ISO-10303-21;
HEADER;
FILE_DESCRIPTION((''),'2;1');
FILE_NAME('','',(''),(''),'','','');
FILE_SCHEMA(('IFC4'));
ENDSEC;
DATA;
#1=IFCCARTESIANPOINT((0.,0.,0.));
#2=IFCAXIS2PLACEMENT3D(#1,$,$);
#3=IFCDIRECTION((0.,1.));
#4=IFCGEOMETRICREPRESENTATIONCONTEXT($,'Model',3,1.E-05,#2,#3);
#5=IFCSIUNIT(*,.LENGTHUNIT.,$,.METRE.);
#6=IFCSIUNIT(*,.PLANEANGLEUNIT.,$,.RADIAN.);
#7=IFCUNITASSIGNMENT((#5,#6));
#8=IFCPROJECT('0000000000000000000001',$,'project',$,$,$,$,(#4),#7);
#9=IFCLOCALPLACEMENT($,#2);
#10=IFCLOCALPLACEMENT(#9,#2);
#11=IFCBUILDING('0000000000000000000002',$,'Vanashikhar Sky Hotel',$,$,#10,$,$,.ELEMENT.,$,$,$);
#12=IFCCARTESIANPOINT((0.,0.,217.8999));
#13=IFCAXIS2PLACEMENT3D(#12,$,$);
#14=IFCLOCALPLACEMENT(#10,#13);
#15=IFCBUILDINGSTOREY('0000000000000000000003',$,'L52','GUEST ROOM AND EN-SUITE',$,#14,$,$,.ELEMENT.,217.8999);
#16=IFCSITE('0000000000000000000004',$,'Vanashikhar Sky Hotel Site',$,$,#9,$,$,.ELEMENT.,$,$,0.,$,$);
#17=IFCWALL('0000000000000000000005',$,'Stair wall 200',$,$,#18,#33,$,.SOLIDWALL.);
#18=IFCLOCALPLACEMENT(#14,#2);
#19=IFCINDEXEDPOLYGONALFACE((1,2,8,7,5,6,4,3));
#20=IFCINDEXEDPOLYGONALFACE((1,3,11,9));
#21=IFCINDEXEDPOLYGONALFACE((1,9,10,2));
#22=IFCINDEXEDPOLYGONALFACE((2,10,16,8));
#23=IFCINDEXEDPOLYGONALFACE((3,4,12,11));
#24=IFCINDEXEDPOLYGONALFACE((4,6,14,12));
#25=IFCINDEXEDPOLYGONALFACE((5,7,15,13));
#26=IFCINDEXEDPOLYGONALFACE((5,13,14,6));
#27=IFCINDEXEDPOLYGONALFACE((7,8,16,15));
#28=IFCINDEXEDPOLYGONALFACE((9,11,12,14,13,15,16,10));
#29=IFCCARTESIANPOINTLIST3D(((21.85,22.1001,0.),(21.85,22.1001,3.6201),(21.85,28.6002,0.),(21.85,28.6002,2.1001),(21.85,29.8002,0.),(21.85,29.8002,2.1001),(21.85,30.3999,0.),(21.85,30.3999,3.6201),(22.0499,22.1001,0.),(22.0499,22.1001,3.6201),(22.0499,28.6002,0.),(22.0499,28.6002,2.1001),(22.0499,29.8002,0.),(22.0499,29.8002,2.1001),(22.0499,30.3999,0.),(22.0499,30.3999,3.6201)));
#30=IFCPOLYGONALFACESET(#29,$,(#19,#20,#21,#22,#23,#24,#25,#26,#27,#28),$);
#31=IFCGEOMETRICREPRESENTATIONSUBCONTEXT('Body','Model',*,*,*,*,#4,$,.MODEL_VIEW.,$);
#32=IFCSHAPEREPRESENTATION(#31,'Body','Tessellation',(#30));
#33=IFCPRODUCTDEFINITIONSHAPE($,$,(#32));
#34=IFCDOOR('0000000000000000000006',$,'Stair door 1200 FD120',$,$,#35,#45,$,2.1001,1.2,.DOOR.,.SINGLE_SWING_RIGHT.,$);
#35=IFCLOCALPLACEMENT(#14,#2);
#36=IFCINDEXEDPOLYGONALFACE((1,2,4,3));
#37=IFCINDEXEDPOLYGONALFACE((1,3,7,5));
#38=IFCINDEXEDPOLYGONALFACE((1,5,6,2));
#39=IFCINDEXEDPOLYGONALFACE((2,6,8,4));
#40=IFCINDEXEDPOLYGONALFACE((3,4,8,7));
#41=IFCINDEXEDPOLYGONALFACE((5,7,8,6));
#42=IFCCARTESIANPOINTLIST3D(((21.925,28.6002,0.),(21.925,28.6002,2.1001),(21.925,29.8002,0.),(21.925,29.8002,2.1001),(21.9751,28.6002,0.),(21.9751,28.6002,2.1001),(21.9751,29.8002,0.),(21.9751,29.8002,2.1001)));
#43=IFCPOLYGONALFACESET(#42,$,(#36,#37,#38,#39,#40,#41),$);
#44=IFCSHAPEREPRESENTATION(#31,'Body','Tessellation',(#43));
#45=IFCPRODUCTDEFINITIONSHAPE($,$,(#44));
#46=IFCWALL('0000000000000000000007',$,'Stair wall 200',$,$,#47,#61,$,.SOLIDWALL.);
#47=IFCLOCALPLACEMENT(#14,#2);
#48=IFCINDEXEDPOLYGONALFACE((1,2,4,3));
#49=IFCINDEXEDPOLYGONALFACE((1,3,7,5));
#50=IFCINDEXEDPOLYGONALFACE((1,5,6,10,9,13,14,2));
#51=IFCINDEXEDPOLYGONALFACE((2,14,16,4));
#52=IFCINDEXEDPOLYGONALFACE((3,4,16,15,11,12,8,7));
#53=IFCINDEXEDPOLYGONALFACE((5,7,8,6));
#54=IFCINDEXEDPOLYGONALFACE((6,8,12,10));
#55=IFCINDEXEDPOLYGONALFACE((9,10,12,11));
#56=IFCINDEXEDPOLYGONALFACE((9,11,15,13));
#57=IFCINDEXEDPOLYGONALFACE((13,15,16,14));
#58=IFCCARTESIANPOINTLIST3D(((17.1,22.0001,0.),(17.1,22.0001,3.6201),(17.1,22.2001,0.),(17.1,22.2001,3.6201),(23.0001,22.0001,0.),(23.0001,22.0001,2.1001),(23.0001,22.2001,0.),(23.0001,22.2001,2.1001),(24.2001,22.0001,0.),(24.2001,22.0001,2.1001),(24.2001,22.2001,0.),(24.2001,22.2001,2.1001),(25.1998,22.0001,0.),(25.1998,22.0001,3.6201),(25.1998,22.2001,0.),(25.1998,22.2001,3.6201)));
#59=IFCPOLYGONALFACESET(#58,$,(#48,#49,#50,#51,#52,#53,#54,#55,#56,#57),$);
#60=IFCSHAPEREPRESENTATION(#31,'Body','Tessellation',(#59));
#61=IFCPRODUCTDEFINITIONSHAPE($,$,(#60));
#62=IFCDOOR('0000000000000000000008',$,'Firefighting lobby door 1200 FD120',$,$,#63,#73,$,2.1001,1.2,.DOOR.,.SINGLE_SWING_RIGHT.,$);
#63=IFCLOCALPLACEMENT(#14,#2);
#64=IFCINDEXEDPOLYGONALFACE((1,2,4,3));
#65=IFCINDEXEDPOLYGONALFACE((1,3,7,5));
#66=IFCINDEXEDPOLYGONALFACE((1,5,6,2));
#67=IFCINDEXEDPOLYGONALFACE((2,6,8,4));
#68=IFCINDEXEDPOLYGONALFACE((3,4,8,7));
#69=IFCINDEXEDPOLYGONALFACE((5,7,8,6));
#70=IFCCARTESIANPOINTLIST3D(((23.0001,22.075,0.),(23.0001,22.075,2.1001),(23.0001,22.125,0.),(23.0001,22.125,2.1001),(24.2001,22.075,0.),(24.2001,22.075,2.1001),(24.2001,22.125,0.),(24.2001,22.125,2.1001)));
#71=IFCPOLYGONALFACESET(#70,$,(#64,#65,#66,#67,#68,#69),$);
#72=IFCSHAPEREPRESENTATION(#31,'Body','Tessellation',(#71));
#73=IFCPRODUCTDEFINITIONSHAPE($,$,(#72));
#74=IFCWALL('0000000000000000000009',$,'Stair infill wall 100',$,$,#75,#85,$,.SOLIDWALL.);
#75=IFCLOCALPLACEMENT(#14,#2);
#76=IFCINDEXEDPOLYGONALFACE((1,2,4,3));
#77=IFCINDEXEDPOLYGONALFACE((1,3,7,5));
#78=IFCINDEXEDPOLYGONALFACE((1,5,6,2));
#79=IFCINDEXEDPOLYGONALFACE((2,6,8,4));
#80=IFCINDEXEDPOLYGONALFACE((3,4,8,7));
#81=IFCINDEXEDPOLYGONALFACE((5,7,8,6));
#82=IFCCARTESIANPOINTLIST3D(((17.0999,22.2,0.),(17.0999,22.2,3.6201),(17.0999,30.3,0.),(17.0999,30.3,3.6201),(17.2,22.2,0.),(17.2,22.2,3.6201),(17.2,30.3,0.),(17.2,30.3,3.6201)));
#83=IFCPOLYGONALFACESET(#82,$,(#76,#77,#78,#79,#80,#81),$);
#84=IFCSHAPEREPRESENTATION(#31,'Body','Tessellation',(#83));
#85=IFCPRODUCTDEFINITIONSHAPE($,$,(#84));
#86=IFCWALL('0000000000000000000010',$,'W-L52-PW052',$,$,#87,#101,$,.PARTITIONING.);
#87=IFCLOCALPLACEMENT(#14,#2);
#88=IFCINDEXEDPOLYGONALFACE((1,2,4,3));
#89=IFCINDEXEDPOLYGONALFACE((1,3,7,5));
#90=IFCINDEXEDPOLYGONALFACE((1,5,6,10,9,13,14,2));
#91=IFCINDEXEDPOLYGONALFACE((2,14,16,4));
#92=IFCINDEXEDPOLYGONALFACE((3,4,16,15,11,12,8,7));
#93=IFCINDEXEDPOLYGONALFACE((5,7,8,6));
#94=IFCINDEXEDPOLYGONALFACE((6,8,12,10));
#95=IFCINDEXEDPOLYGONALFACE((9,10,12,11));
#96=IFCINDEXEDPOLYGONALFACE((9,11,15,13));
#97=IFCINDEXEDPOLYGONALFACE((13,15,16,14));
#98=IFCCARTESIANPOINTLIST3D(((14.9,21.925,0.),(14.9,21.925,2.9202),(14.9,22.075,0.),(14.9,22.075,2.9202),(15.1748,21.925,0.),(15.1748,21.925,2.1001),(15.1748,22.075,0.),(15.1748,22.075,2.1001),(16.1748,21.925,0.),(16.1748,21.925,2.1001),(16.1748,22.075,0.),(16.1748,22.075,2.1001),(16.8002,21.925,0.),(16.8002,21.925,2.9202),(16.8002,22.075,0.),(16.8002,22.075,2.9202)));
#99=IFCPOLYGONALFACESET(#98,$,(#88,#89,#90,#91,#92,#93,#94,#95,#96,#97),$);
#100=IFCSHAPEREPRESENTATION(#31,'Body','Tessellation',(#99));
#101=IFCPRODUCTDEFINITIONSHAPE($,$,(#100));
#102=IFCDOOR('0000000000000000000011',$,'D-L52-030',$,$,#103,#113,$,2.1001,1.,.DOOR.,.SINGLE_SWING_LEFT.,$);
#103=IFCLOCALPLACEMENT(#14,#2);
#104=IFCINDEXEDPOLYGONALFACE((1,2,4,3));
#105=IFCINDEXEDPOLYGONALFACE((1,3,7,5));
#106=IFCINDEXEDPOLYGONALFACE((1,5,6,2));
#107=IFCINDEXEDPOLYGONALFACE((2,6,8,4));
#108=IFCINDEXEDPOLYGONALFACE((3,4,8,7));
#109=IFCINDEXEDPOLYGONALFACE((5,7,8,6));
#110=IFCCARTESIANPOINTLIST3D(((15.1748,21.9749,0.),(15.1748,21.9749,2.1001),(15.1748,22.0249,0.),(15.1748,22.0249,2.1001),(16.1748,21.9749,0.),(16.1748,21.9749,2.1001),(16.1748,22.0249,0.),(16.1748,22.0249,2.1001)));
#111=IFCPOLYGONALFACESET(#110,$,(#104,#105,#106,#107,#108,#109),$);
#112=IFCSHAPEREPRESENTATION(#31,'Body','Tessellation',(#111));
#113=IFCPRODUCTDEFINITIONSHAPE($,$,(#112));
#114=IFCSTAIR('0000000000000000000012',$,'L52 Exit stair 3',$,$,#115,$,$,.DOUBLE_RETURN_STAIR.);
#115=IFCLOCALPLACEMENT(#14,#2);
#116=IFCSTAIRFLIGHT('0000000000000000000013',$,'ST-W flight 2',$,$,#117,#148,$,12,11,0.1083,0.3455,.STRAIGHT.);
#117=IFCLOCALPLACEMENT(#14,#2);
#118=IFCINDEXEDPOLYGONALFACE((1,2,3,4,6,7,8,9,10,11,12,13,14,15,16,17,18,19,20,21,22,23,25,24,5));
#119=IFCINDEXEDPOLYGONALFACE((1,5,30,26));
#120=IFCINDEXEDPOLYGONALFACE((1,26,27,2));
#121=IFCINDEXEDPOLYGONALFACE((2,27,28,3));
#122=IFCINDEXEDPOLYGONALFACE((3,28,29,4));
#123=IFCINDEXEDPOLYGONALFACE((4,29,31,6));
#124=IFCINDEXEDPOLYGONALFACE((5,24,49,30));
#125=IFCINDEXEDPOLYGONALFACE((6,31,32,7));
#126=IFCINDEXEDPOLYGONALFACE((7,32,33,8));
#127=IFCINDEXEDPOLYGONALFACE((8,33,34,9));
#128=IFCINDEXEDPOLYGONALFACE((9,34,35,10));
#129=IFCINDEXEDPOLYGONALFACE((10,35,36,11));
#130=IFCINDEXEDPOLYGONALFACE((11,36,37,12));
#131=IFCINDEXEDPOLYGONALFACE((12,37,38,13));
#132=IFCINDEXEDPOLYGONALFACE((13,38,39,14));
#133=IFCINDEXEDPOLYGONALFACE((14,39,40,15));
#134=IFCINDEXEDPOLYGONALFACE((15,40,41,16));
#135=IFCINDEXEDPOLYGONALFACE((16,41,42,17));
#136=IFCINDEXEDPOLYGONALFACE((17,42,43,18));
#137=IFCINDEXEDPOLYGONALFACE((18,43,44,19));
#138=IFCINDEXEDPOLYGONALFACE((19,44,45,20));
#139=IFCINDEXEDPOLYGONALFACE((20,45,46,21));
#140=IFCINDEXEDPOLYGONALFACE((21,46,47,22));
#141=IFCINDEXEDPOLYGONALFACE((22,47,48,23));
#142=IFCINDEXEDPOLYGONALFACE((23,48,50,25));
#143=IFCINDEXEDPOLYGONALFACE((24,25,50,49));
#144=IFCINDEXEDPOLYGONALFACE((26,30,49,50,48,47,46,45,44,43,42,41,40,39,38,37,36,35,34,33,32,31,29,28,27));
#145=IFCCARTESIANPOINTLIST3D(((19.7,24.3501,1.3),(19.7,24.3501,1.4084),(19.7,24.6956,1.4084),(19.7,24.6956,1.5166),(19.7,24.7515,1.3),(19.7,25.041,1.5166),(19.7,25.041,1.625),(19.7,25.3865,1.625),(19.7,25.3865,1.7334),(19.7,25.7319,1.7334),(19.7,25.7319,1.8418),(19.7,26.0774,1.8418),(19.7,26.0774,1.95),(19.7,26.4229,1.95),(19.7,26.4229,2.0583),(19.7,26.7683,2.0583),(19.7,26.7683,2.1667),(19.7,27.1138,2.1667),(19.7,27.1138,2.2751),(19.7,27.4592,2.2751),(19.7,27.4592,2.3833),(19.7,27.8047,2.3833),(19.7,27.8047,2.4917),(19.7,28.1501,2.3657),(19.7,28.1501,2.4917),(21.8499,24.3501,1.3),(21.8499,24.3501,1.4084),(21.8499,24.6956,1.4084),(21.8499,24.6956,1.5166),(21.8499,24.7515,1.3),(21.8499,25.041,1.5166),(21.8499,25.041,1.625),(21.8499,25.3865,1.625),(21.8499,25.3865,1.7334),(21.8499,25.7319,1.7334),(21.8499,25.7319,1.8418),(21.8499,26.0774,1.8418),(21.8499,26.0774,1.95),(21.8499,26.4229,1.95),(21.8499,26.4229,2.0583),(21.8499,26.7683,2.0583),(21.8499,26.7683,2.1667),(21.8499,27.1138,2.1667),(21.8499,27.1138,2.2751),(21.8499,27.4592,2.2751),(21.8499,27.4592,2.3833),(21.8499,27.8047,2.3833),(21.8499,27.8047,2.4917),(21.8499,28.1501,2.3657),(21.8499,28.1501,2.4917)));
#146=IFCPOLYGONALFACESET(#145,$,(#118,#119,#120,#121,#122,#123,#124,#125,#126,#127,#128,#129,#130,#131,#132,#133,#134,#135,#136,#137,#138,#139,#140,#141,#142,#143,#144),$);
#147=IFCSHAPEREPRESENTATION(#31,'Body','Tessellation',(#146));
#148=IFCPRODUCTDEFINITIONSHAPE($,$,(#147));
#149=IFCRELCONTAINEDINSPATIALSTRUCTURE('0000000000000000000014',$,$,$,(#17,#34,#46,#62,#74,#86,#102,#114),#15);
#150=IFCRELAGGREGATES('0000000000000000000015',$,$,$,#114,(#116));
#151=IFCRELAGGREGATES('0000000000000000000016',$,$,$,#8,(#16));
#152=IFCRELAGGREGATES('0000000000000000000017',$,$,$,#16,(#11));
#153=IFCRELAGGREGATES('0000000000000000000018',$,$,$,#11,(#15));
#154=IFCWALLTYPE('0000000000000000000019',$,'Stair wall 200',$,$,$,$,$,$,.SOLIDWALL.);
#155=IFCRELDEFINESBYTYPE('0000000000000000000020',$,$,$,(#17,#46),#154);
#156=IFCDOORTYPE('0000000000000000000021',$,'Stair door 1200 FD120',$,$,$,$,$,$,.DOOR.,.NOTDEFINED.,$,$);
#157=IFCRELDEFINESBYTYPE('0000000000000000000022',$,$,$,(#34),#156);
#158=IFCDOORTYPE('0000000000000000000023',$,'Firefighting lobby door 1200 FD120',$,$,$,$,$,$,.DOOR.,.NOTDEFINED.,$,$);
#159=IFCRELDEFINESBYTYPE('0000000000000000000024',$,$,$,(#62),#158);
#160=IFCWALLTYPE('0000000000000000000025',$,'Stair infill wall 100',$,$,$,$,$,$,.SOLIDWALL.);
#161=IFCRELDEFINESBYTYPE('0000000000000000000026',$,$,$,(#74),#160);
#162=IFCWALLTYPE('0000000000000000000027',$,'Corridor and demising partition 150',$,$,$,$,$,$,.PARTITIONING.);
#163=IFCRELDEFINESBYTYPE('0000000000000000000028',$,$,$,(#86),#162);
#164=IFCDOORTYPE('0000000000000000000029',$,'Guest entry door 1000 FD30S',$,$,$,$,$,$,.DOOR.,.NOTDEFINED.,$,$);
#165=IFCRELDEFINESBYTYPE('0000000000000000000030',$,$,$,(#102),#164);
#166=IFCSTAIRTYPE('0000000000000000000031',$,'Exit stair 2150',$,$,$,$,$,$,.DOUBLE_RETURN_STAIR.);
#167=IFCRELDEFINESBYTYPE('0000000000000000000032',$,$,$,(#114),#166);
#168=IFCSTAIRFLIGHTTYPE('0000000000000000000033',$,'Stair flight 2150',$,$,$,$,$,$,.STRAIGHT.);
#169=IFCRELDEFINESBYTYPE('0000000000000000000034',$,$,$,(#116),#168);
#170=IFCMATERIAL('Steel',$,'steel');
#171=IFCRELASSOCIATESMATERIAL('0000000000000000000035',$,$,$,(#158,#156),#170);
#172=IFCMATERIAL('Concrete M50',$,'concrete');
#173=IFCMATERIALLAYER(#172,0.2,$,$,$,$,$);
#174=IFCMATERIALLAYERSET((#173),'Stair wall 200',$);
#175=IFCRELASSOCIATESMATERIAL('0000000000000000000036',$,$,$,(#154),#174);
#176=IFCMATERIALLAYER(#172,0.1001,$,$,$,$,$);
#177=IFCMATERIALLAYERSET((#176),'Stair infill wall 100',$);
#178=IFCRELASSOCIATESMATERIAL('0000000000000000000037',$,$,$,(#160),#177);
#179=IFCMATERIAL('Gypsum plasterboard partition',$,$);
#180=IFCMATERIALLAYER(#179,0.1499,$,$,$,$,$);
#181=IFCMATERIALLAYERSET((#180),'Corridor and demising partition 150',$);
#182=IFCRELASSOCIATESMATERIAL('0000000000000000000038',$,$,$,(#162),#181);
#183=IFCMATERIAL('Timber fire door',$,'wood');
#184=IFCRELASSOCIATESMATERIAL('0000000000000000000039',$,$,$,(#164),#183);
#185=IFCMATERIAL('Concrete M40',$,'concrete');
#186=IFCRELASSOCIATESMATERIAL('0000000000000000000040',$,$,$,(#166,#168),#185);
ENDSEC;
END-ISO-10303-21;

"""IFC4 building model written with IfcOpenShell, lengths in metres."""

from ifc_helpers import new_model, si_unit, direction, frame, frame_2d, origin, place, context, subcontext, project, spatial, polyline, rectangle, outline, extrude, source, transform, mapped, material, layer, layer_set, type_object, element, fill, aggregate, save


model = new_model("IFC4")

# Units and contexts
model_context = context("Model", 3, precision=1e-05, world=origin(), true_north=direction((0.0, 1.0)))
body_context = subcontext(model_context, "Body", "Model", "MODEL_VIEW")
ifc_project = project(units=[si_unit("LENGTHUNIT", "METRE"), si_unit("PLANEANGLEUNIT", "RADIAN")], contexts=[model_context])

# Site, building, storey
site_placement = place(None, origin())
site = spatial("IfcSite", under=ifc_project, at=site_placement, Name="Vanashikhar Sky Hotel Site", CompositionType="ELEMENT", RefElevation=0.0)
building_placement = place(site_placement, origin())
building = spatial("IfcBuilding", under=site, at=building_placement, Name="Vanashikhar Sky Hotel", CompositionType="ELEMENT")
storey_placement = place(building_placement, frame((0.0, 0.0, 217.8999)))
storey = spatial("IfcBuildingStorey", under=building, at=storey_placement, Name="L52", Description="GUEST ROOM AND EN-SUITE", CompositionType="ELEMENT", Elevation=217.8999)

# Shared definitions
ifc_material_1 = material(Name="Steel", Category="steel")
door_type_1 = type_object("IfcDoorType", Name="Firefighting lobby door 1200 FD120", OperationType="NOTDEFINED", PredefinedType="DOOR", material=ifc_material_1)

# Walls, openings, doors
ifc_material_2 = material(Name="Concrete M50", Category="concrete")
ifc_layer_1 = layer(ifc_material_2, 0.2)
ifc_layer_set_1 = layer_set([ifc_layer_1], Name="Stair wall 200")
wall_type_1 = type_object("IfcWallType", Name="Stair wall 200", PredefinedType="SOLIDWALL", material=ifc_layer_set_1)
shared_shape_1 = source(origin(), body_context, "Body", "SweptSolid", [
    extrude(rectangle(XDim=8.2998, YDim=0.2, at=frame_2d((4.1499, 0.0))), origin(), (0.0, 0.0, 1.0), 3.6201),
])
wall_1_placement = place(storey_placement, frame((21.95, 22.1001, 0.0), z_axis=(0.0, 0.0, 1.0), x_axis=(0.0, 1.0, 0.0)))
wall_1 = element("IfcWall", 1, at=wall_1_placement, inside=storey, type_object=wall_type_1, Name="Stair wall 200", PredefinedType="SOLIDWALL", context=body_context, shape_type="MappedRepresentation", body=[
    mapped(shared_shape_1, transform((0.0, 0.0, 0.0), scale=1.0)),
])
shared_shape_2 = source(origin(), body_context, "Body", "SweptSolid", [
    extrude(rectangle(XDim=1.2, YDim=2.1001, at=frame_2d((0.6001, 1.05))), frame((0.0, 0.1099, 0.0), z_axis=(0.0, -1.0, 0.0), x_axis=(1.0, 0.0, 0.0)), (0.0, 0.0, 1.0), 0.22),
])
opening_1_placement = place(wall_1_placement, frame((6.5, 0.0, 0.0)))
opening_1 = element("IfcOpeningElement", 2, at=opening_1_placement, cuts=wall_1, PredefinedType="OPENING", context=body_context, shape_type="MappedRepresentation", body=[
    mapped(shared_shape_2, transform((0.0, 0.0, 0.0), scale=1.0)),
])
door_type_2 = type_object("IfcDoorType", Name="Stair door 1200 FD120", OperationType="NOTDEFINED", PredefinedType="DOOR", material=ifc_material_1)
shared_shape_3 = source(origin(), body_context, "Body", "SweptSolid", [
    extrude(rectangle(XDim=1.2, YDim=2.1001, at=frame_2d((0.6001, 1.05))), frame((0.0, 0.0249, 0.0), z_axis=(0.0, -1.0, 0.0), x_axis=(1.0, 0.0, 0.0)), (0.0, 0.0, 1.0), 0.05),
])
door_1_placement = place(opening_1_placement, origin())
door_1 = element("IfcDoor", 3, at=door_1_placement, inside=storey, type_object=door_type_2, Name="Stair door 1200 FD120", OperationType="SINGLE_SWING_RIGHT", OverallHeight=2.1001, OverallWidth=1.2, PredefinedType="DOOR", context=body_context, shape_type="MappedRepresentation", body=[
    mapped(shared_shape_3, transform((0.0, 0.0, 0.0), scale=1.0)),
])
fill(opening_1, door_1)
shared_shape_4 = source(origin(), body_context, "Body", "SweptSolid", [
    extrude(rectangle(XDim=8.0999, YDim=0.2, at=frame_2d((4.0498, 0.0))), origin(), (0.0, 0.0, 1.0), 3.6201),
])
wall_2_placement = place(storey_placement, frame((17.1001, 22.1001, 0.0), z_axis=(0.0, 0.0, 1.0), x_axis=(1.0, 0.0, 0.0)))
wall_2 = element("IfcWall", 4, at=wall_2_placement, inside=storey, type_object=wall_type_1, Name="Stair wall 200", PredefinedType="SOLIDWALL", context=body_context, shape_type="MappedRepresentation", body=[
    mapped(shared_shape_4, transform((0.0, 0.0, 0.0), scale=1.0)),
])
opening_2_placement = place(wall_2_placement, frame((5.8999, 0.0, 0.0)))
opening_2 = element("IfcOpeningElement", 5, at=opening_2_placement, cuts=wall_2, PredefinedType="OPENING", context=body_context, shape_type="MappedRepresentation", body=[
    mapped(shared_shape_2, transform((0.0, 0.0, 0.0), scale=1.0)),
])
door_2_placement = place(opening_2_placement, origin())
door_2 = element("IfcDoor", 6, at=door_2_placement, inside=storey, type_object=door_type_1, Name="Firefighting lobby door 1200 FD120", OperationType="SINGLE_SWING_RIGHT", OverallHeight=2.1001, OverallWidth=1.2, PredefinedType="DOOR", context=body_context, shape_type="MappedRepresentation", body=[
    mapped(shared_shape_3, transform((0.0, 0.0, 0.0), scale=1.0)),
])
fill(opening_2, door_2)

# Wall
ifc_layer_2 = layer(ifc_material_2, 0.1001)
ifc_layer_set_2 = layer_set([ifc_layer_2], Name="Stair infill wall 100")
wall_type_2 = type_object("IfcWallType", Name="Stair infill wall 100", PredefinedType="SOLIDWALL", material=ifc_layer_set_2)
shared_shape_5 = source(origin(), body_context, "Body", "SweptSolid", [
    extrude(rectangle(XDim=8.1001, YDim=0.1001, at=frame_2d((4.05, 0.0))), origin(), (0.0, 0.0, 1.0), 3.6201),
])
wall_3_placement = place(storey_placement, frame((17.1499, 22.2, 0.0), z_axis=(0.0, 0.0, 1.0), x_axis=(0.0, 1.0, 0.0)))
element("IfcWall", 7, at=wall_3_placement, inside=storey, type_object=wall_type_2, Name="Stair infill wall 100", PredefinedType="SOLIDWALL", context=body_context, shape_type="MappedRepresentation", body=[
    mapped(shared_shape_5, transform((0.0, 0.0, 0.0), scale=1.0)),
])

# Wall, opening, door
ifc_material_3 = material(Name="Gypsum plasterboard partition")
ifc_layer_3 = layer(ifc_material_3, 0.1499)
ifc_layer_set_3 = layer_set([ifc_layer_3], Name="Corridor and demising partition 150")
wall_type_3 = type_object("IfcWallType", Name="Corridor and demising partition 150", PredefinedType="PARTITIONING", material=ifc_layer_set_3)
shared_shape_6 = source(origin(), body_context, "Body", "SweptSolid", [
    extrude(rectangle(XDim=1.9001, YDim=0.1499, at=frame_2d((0.9502, 0.0))), origin(), (0.0, 0.0, 1.0), 2.9202),
])
wall_4_placement = place(storey_placement, frame((14.8999, 22.0, 0.0), z_axis=(0.0, 0.0, 1.0), x_axis=(1.0, 0.0, 0.0)))
wall_4 = element("IfcWall", 8, at=wall_4_placement, inside=storey, type_object=wall_type_3, Name="W-L52-PW052", PredefinedType="PARTITIONING", context=body_context, shape_type="MappedRepresentation", body=[
    mapped(shared_shape_6, transform((0.0, 0.0, 0.0), scale=1.0)),
])
shared_shape_7 = source(origin(), body_context, "Body", "SweptSolid", [
    extrude(rectangle(XDim=1.0, YDim=2.1001, at=frame_2d((0.5, 1.05))), frame((0.0, 0.085, 0.0), z_axis=(0.0, -1.0, 0.0), x_axis=(1.0, 0.0, 0.0)), (0.0, 0.0, 1.0), 0.1699),
])
opening_3_placement = place(wall_4_placement, frame((0.2749, 0.0, 0.0)))
opening_3 = element("IfcOpeningElement", 9, at=opening_3_placement, cuts=wall_4, PredefinedType="OPENING", context=body_context, shape_type="MappedRepresentation", body=[
    mapped(shared_shape_7, transform((0.0, 0.0, 0.0), scale=1.0)),
])
ifc_material_4 = material(Name="Timber fire door", Category="wood")
door_type_3 = type_object("IfcDoorType", Name="Guest entry door 1000 FD30S", OperationType="NOTDEFINED", PredefinedType="DOOR", material=ifc_material_4)
shared_shape_8 = source(origin(), body_context, "Body", "SweptSolid", [
    extrude(rectangle(XDim=1.0, YDim=2.1001, at=frame_2d((0.5, 1.05))), frame((0.0, 0.0249, 0.0), z_axis=(0.0, -1.0, 0.0), x_axis=(1.0, 0.0, 0.0)), (0.0, 0.0, 1.0), 0.05),
])
door_3_placement = place(opening_3_placement, origin())
door_3 = element("IfcDoor", 10, at=door_3_placement, inside=storey, type_object=door_type_3, Name="D-L52-030", OperationType="SINGLE_SWING_LEFT", OverallHeight=2.1001, OverallWidth=1.0, PredefinedType="DOOR", context=body_context, shape_type="MappedRepresentation", body=[
    mapped(shared_shape_8, transform((0.0, 0.0, 0.0), scale=1.0)),
])
fill(opening_3, door_3)

# Stair, stair flight
ifc_material_5 = material(Name="Concrete M40", Category="concrete")
stair_type = type_object("IfcStairType", Name="Exit stair 2150", PredefinedType="DOUBLE_RETURN_STAIR", material=ifc_material_5)
stair_placement = place(storey_placement, origin())
stair = element("IfcStair", 11, at=stair_placement, inside=storey, type_object=stair_type, Name="L52 Exit stair 3", PredefinedType="DOUBLE_RETURN_STAIR")
stair_flight_type = type_object("IfcStairFlightType", Name="Stair flight 2150", PredefinedType="STRAIGHT", material=ifc_material_5)
shared_shape_9 = source(origin(), body_context, "Body", "SweptSolid", [
    extrude(outline(polyline([(0.0, 0.0), (0.0, 0.1084), (0.3455, 0.1084), (0.3455, 0.2166), (0.6909, 0.2166), (0.6909, 0.325), (1.0364, 0.325), (1.0364, 0.4333), (1.3818, 0.4333), (1.3818, 0.5417), (1.7273, 0.5417), (1.7273, 0.6499), (2.0728, 0.6499), (2.0728, 0.7583), (2.4182, 0.7583), (2.4182, 0.8667), (2.7637, 0.8667), (2.7637, 0.9751), (3.1091, 0.9751), (3.1091, 1.0833), (3.4546, 1.0833), (3.4546, 1.1917), (3.8, 1.1917), (3.8, 1.3), (3.8, 1.0657), (0.4014, 0.0), (0.0, 0.0)])), frame((0.0, 1.075, 0.0), z_axis=(0.0, -1.0, 0.0), x_axis=(1.0, 0.0, 0.0)), (0.0, 0.0, 1.0), 2.1499),
])
stair_flight_placement = place(storey_placement, frame((20.7749, 24.3501, 1.3), z_axis=(0.0, 0.0, 1.0), x_axis=(0.0, 1.0, 0.0)))
stair_flight = element("IfcStairFlight", 12, at=stair_flight_placement, type_object=stair_flight_type, Name="ST-W flight 2", NumberOfRisers=12, NumberOfTreads=11, PredefinedType="STRAIGHT", RiserHeight=0.1083, TreadLength=0.3455, context=body_context, shape_type="MappedRepresentation", body=[
    mapped(shared_shape_9, transform((0.0, 0.0, 0.0), scale=1.0)),
])
aggregate(stair, [stair_flight])

save(model, "model.ifc")
